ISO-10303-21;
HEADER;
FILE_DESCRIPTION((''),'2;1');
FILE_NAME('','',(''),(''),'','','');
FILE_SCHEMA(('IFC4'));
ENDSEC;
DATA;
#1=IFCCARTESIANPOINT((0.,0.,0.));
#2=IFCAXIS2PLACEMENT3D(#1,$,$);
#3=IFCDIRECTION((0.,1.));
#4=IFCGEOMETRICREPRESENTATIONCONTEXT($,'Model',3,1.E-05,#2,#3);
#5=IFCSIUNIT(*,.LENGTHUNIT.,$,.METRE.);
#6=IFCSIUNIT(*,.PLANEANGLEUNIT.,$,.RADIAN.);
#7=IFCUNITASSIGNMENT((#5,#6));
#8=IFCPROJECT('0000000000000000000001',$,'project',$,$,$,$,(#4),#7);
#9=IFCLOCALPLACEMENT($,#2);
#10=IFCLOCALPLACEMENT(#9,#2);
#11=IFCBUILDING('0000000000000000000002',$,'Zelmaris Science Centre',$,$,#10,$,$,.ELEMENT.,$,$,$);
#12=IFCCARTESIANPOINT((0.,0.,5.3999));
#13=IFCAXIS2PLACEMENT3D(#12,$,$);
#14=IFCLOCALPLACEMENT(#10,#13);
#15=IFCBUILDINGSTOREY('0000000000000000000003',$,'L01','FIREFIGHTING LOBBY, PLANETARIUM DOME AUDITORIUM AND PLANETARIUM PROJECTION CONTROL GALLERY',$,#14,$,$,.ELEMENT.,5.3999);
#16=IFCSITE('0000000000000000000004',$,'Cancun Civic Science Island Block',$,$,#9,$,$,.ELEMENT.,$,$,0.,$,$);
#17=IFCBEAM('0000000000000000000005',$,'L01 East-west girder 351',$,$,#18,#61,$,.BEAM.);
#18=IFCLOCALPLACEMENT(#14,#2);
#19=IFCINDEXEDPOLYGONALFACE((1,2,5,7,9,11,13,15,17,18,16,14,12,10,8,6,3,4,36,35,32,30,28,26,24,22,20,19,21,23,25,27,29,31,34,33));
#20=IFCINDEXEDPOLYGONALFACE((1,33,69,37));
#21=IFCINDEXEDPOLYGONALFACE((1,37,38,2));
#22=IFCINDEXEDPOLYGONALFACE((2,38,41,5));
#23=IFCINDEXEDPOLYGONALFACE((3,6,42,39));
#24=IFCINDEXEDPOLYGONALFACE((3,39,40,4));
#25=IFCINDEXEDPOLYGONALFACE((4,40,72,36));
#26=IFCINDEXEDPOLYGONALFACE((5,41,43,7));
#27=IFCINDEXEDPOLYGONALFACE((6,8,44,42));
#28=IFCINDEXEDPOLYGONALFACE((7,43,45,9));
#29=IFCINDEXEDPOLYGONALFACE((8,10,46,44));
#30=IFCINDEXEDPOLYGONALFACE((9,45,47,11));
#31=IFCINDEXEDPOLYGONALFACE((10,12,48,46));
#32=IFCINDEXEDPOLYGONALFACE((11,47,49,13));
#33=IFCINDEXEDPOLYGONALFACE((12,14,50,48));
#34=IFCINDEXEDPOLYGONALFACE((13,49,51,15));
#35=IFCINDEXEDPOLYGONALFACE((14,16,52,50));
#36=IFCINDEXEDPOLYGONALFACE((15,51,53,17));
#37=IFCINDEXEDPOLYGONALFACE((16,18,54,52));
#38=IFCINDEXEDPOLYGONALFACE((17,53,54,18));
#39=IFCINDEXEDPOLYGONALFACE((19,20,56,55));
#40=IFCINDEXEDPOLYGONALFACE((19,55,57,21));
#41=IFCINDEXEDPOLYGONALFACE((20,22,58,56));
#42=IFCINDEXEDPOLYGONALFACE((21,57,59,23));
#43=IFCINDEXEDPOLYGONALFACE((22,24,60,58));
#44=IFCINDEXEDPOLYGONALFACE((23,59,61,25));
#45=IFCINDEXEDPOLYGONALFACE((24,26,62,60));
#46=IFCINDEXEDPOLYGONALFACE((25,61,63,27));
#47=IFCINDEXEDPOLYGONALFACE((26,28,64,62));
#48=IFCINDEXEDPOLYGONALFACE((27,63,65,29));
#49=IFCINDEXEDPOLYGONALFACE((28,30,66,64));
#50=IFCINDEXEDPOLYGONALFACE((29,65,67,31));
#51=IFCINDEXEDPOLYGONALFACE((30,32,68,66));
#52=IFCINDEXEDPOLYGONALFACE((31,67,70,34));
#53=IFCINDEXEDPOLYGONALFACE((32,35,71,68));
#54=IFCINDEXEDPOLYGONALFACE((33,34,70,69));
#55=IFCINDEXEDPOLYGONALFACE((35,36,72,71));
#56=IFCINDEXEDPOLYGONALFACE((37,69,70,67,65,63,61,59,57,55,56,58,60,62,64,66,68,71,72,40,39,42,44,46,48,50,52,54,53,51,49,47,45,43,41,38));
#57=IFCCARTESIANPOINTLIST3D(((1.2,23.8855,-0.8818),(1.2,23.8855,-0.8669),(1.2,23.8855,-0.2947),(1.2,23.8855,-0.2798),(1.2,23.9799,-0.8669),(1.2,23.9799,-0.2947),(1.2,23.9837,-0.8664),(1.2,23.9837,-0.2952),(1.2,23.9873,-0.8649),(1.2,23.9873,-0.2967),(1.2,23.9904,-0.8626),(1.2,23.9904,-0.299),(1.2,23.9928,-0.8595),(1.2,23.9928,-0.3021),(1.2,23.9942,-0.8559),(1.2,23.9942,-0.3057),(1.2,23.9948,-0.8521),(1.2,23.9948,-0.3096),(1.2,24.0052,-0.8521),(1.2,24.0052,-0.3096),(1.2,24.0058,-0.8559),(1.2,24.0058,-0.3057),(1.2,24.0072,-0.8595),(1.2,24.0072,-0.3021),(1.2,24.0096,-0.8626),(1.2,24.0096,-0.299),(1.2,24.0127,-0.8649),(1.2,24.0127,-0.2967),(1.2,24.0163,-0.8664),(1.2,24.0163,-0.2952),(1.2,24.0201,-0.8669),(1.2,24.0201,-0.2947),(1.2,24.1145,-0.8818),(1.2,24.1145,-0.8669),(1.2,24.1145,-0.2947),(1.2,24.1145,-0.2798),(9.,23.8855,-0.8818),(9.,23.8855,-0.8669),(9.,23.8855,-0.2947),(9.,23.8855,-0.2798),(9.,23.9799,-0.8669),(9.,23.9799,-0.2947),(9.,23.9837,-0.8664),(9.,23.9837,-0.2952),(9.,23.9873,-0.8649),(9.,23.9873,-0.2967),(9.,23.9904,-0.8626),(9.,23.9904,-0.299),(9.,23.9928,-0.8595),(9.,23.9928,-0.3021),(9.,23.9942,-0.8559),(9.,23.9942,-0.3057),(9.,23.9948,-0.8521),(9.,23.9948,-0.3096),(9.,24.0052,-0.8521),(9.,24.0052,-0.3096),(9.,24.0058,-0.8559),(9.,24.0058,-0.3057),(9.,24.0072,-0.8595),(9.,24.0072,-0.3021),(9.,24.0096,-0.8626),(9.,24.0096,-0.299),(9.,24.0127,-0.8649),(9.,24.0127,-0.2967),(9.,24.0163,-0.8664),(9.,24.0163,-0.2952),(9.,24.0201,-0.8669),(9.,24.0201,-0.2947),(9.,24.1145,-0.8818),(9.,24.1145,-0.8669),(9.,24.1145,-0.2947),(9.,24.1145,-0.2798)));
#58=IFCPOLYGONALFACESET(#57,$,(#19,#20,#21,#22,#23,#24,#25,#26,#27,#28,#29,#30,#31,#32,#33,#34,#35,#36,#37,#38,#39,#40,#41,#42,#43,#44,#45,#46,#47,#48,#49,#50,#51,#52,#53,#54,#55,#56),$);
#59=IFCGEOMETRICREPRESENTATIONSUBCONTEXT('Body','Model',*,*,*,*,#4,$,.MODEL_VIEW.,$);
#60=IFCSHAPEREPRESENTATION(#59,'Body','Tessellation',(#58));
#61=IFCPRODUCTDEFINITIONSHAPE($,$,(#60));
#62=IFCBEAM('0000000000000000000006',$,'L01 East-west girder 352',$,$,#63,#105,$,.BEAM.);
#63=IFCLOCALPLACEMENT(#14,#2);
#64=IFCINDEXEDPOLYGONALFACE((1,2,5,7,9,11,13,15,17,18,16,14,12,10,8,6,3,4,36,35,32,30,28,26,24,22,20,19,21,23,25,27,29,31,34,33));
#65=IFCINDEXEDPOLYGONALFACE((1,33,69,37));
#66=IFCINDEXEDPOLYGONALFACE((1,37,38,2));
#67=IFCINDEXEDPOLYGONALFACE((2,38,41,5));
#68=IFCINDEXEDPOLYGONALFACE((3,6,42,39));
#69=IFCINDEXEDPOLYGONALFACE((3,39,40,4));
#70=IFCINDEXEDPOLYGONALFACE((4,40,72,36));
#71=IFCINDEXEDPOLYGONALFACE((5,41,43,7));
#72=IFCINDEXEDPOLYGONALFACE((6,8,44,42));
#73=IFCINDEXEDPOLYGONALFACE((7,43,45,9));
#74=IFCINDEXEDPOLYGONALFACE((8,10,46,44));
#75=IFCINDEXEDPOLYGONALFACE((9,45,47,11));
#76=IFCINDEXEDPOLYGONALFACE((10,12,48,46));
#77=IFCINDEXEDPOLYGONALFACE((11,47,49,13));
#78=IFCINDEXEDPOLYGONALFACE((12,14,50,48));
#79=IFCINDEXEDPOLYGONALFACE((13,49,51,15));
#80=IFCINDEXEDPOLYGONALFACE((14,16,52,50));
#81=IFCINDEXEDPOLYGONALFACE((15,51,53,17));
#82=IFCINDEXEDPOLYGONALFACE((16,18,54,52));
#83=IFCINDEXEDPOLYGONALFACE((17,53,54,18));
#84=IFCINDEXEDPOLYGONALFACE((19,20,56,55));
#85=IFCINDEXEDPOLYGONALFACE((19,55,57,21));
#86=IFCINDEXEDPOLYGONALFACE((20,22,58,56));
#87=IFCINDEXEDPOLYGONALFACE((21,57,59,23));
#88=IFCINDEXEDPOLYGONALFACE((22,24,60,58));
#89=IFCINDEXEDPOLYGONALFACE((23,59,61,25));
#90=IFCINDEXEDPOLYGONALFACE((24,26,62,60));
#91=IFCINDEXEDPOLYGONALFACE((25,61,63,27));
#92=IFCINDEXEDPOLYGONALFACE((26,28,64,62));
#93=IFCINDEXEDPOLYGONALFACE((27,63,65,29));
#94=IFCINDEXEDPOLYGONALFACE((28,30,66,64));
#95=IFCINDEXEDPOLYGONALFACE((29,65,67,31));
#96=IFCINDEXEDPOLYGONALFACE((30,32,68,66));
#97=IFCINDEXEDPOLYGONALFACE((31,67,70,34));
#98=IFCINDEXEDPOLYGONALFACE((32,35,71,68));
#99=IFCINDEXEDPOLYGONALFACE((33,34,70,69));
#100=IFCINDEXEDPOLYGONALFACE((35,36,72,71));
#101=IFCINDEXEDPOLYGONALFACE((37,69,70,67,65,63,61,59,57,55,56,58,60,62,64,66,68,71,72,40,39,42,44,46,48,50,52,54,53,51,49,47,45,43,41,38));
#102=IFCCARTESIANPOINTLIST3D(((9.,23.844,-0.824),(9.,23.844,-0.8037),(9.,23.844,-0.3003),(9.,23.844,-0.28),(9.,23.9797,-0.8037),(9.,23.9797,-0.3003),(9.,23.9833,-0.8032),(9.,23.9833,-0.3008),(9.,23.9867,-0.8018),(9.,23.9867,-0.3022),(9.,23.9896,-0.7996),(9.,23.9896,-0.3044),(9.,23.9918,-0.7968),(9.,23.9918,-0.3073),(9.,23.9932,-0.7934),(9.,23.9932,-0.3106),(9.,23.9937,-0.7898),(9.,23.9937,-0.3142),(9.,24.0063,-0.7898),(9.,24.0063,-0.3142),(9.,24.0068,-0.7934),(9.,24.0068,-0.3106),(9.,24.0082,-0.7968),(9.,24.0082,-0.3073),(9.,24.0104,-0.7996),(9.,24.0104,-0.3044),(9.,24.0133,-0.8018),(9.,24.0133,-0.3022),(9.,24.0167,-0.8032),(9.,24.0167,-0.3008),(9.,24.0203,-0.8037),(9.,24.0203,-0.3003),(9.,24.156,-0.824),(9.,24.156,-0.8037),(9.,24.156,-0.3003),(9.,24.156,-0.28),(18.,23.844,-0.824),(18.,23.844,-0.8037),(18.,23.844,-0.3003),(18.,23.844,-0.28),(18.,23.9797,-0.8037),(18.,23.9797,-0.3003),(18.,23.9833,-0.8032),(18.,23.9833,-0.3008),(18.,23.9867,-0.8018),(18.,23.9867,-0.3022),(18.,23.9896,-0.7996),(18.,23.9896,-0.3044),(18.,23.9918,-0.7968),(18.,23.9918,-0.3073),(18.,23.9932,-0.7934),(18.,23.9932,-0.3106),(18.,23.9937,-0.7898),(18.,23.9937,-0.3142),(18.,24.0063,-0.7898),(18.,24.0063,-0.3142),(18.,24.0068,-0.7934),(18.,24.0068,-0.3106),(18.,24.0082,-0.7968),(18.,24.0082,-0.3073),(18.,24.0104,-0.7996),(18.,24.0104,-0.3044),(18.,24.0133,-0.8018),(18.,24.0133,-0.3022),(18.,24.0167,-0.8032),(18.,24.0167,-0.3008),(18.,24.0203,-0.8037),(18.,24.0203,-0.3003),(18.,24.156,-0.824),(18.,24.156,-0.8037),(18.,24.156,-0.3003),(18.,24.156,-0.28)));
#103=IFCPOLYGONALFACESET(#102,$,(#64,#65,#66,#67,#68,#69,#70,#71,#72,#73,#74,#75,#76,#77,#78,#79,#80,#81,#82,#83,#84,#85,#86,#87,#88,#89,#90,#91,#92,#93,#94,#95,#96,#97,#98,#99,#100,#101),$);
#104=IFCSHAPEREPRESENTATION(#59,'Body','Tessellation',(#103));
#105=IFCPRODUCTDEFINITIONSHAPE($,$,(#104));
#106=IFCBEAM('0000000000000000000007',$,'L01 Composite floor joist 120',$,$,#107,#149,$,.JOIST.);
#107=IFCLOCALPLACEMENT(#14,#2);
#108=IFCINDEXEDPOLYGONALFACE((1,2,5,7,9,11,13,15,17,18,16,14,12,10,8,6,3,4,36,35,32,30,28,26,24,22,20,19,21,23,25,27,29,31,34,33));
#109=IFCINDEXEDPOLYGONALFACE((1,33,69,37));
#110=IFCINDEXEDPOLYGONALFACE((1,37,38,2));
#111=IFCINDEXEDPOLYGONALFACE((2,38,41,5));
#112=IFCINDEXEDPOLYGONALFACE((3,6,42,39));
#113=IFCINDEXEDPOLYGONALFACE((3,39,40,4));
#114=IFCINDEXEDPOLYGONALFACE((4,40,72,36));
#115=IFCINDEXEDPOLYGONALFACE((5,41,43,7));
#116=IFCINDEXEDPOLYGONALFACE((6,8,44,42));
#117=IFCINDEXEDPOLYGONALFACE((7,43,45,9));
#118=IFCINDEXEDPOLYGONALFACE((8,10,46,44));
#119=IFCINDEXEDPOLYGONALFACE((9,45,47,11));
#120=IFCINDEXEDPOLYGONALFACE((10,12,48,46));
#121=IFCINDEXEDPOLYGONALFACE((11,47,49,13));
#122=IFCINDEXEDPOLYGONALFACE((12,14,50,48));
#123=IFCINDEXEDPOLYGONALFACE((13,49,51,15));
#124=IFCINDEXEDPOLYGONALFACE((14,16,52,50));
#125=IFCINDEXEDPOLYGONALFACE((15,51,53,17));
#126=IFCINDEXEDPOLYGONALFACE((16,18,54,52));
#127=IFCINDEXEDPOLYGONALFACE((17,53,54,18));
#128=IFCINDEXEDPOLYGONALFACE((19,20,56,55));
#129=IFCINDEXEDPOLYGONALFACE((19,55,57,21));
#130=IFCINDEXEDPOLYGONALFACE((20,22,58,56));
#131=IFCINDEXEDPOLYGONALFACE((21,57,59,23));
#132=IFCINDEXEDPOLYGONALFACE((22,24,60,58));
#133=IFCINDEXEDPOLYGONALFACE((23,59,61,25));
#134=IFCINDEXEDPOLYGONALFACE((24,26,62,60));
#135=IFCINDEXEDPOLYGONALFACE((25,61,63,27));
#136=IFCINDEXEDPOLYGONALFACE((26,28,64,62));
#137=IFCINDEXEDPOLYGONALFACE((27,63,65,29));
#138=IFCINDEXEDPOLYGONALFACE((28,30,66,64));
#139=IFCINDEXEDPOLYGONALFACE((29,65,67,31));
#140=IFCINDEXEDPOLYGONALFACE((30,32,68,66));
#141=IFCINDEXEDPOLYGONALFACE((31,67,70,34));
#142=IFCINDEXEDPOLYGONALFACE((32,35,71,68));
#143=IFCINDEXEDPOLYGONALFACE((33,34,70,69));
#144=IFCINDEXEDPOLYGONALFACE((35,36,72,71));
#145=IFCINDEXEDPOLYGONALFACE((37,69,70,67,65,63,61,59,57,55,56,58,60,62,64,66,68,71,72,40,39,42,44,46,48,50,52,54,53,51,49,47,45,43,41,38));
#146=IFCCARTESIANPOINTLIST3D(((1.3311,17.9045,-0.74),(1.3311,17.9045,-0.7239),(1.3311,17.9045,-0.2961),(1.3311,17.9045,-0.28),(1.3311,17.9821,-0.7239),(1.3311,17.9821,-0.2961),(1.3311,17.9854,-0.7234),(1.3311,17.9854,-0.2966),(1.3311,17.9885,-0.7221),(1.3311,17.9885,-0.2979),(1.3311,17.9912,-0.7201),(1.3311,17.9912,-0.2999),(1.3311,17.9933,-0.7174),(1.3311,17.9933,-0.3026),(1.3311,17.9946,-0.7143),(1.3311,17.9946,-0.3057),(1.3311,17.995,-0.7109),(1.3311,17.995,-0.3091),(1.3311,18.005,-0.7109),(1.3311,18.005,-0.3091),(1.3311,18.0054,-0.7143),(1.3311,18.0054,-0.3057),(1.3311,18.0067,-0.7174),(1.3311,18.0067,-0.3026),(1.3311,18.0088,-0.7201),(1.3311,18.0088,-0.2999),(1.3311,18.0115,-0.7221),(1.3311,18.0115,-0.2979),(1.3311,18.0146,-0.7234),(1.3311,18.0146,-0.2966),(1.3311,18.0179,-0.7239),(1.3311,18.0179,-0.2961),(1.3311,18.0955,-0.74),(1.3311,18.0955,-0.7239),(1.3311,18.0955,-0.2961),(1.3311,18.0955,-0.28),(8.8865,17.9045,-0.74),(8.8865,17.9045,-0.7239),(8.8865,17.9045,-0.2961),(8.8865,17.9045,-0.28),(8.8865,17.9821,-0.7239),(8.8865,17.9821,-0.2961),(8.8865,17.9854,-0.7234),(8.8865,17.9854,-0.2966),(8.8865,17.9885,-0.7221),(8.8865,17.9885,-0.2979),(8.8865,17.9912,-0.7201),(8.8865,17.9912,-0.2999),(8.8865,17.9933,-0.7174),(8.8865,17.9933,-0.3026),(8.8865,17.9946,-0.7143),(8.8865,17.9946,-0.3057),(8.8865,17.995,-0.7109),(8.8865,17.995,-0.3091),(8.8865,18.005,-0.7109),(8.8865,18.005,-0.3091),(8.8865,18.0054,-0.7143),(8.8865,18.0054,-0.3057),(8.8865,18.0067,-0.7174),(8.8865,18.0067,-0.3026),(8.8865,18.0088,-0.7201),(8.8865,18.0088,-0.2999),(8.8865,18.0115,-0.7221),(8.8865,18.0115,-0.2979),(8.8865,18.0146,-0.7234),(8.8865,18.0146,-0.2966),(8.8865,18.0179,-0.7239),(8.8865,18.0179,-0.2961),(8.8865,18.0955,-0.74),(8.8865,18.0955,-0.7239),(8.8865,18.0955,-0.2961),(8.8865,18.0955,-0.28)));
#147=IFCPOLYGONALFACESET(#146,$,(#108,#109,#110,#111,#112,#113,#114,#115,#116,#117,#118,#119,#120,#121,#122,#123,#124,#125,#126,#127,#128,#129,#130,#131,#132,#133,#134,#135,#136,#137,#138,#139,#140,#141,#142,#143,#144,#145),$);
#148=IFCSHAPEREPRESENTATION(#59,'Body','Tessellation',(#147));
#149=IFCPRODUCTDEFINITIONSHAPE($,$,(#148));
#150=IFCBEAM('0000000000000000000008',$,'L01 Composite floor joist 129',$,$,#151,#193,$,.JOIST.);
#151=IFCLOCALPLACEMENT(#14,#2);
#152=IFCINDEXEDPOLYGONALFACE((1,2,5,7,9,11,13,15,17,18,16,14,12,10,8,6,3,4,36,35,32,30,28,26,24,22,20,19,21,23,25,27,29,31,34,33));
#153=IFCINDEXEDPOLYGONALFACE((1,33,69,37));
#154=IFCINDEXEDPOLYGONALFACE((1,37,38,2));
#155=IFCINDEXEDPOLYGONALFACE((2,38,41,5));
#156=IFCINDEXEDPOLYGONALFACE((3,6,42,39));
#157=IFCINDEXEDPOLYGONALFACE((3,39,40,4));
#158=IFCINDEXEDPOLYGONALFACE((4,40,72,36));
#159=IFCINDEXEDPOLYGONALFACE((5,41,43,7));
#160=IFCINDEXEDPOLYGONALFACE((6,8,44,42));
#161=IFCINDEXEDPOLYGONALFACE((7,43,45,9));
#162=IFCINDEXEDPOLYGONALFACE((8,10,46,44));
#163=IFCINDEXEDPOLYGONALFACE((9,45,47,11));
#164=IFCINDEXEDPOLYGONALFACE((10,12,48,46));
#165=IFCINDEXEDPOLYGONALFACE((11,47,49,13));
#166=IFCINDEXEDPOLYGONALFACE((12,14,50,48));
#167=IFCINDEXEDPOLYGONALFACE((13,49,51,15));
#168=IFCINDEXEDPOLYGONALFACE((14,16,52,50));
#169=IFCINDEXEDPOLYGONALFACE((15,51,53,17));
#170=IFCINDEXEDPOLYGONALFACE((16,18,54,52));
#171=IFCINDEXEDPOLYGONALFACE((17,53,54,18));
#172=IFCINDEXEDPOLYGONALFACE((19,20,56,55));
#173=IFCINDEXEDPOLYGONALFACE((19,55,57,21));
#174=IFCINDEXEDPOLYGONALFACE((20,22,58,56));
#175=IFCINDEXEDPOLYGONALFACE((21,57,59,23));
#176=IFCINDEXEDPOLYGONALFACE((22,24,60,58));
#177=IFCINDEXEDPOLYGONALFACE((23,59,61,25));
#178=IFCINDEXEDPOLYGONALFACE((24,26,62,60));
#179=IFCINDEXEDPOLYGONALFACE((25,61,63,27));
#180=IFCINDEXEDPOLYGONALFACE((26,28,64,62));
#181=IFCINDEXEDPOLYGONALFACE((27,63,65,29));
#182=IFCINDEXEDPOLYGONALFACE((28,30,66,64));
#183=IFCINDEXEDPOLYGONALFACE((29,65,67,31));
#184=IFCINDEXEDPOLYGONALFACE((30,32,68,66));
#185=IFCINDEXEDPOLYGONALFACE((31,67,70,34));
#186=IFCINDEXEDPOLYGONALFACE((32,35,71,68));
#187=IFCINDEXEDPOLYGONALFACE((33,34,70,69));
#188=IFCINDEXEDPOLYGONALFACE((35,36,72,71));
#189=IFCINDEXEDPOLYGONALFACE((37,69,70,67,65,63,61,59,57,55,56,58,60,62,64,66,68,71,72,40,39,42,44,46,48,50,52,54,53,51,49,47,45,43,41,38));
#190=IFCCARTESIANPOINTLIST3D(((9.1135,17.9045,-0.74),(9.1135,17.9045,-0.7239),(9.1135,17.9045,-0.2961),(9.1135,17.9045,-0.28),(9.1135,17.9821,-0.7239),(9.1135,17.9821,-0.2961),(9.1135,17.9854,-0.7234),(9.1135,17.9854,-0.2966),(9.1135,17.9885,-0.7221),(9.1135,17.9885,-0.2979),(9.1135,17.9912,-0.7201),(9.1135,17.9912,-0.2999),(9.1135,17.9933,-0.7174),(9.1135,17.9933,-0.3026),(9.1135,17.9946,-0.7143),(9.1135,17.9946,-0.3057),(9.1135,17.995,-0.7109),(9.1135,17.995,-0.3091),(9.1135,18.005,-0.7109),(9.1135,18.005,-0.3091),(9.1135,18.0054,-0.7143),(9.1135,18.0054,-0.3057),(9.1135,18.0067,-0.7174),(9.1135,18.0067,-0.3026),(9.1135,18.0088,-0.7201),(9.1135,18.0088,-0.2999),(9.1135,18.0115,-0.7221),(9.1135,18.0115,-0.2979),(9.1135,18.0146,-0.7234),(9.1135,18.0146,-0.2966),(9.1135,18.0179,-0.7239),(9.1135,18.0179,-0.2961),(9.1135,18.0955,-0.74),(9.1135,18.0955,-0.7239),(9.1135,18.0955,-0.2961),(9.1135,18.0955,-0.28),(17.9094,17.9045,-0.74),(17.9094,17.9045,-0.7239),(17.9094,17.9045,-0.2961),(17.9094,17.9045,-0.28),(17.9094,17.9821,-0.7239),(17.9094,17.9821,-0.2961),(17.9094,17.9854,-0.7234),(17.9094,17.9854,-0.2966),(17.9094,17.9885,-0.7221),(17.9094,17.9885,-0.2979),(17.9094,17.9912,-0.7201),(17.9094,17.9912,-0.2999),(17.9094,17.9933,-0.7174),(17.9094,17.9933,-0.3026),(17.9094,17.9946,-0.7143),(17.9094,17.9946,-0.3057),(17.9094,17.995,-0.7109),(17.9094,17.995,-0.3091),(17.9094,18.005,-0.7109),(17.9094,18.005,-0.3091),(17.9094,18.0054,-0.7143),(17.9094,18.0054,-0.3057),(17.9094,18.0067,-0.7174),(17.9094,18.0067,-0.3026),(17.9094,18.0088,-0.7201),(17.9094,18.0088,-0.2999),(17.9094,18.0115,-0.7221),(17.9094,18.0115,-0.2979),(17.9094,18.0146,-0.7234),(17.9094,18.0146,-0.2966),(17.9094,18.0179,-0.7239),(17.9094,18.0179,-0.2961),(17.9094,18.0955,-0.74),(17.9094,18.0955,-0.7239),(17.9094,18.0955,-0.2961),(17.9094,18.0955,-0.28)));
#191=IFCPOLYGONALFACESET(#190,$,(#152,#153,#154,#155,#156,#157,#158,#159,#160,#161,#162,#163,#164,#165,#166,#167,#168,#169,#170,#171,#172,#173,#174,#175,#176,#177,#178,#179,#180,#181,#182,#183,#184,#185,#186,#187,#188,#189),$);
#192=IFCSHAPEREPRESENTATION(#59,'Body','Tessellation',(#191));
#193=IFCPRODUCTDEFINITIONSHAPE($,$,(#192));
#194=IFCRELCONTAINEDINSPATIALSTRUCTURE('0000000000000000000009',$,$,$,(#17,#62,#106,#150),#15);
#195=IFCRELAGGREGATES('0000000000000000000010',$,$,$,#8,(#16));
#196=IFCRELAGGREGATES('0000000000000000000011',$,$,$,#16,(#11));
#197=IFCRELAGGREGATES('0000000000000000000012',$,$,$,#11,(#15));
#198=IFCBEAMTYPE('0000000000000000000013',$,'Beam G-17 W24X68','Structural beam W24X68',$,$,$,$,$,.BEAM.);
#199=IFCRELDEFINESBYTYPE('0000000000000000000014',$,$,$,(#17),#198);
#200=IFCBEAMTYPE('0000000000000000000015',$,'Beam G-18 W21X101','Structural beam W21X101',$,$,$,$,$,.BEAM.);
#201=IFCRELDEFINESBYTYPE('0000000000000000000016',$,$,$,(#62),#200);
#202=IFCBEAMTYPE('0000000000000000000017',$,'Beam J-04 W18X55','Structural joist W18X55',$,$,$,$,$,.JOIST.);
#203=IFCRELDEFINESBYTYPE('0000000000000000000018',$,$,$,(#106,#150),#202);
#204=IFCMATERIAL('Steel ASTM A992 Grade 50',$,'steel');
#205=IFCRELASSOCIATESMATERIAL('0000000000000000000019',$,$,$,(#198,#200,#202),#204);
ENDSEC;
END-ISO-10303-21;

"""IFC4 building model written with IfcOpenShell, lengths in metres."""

from ifc_helpers import new_model, si_unit, direction, frame, origin, origin_2d, place, context, subcontext, project, spatial, i_section, extrude, material, material_profile, profile_set, type_object, element, save


model = new_model("IFC4")

# Units and contexts
model_context = context("Model", 3, precision=1e-05, world=origin(), true_north=direction((0.0, 1.0)))
body_context = subcontext(model_context, "Body", "Model", "MODEL_VIEW")
ifc_project = project(units=[si_unit("LENGTHUNIT", "METRE"), si_unit("PLANEANGLEUNIT", "RADIAN")], contexts=[model_context])

# Site, building, storey
site_placement = place(None, origin())
site = spatial("IfcSite", under=ifc_project, at=site_placement, Name="Cancun Civic Science Island Block", CompositionType="ELEMENT", RefElevation=0.0)
building_placement = place(site_placement, origin())
building = spatial("IfcBuilding", under=site, at=building_placement, Name="Zelmaris Science Centre", CompositionType="ELEMENT")
storey_placement = place(building_placement, frame((0.0, 0.0, 5.3999)))
storey = spatial("IfcBuildingStorey", under=building, at=storey_placement, Name="L01", Description="FIREFIGHTING LOBBY, PLANETARIUM DOME AUDITORIUM AND PLANETARIUM PROJECTION CONTROL GALLERY", CompositionType="ELEMENT", Elevation=5.3999)

# Shared definitions
ifc_material_1 = material(Name="Steel ASTM A992 Grade 50", Category="steel")

# Beams
ifc_material_profile_1 = material_profile(ifc_material_1, i_section(OverallWidth=0.229, OverallDepth=0.6021, WebThickness=0.0105, FlangeThickness=0.0149, FilletRadius=0.0149, at=origin_2d()), Name="W24X68")
ifc_profile_set_1 = profile_set([ifc_material_profile_1], Name="Steel ASTM A992 Grade 50")
beam_type_1 = type_object("IfcBeamType", Name="Beam G-17 W24X68", Description="Structural beam W24X68", PredefinedType="BEAM", material=ifc_profile_set_1)
beam_1_placement = place(storey_placement, frame((1.2, 24.0, -0.5808), z_axis=(1.0, 0.0, 0.0), x_axis=(0.0, 1.0, 0.0)))
element("IfcBeam", 1, at=beam_1_placement, inside=storey, type_object=beam_type_1, Name="L01 East-west girder 351", PredefinedType="BEAM", context=body_context, shape_type="SweptSolid", body=[
    extrude(i_section(OverallWidth=0.229, OverallDepth=0.6021, WebThickness=0.0105, FlangeThickness=0.0149, FilletRadius=0.0149, at=origin_2d()), origin(), (0.0, 0.0, 1.0), 7.8),
])
ifc_material_profile_2 = material_profile(ifc_material_1, i_section(OverallWidth=0.312, OverallDepth=0.5439, WebThickness=0.0127, FlangeThickness=0.0203, FilletRadius=0.0139, at=origin_2d()), Name="W21X101")
ifc_profile_set_2 = profile_set([ifc_material_profile_2], Name="Steel ASTM A992 Grade 50")
beam_type_2 = type_object("IfcBeamType", Name="Beam G-18 W21X101", Description="Structural beam W21X101", PredefinedType="BEAM", material=ifc_profile_set_2)
beam_2_placement = place(storey_placement, frame((9.0, 24.0, -0.552), z_axis=(1.0, 0.0, 0.0), x_axis=(0.0, 1.0, 0.0)))
element("IfcBeam", 2, at=beam_2_placement, inside=storey, type_object=beam_type_2, Name="L01 East-west girder 352", PredefinedType="BEAM", context=body_context, shape_type="SweptSolid", body=[
    extrude(i_section(OverallWidth=0.312, OverallDepth=0.5439, WebThickness=0.0127, FlangeThickness=0.0203, FilletRadius=0.0139, at=origin_2d()), origin(), (0.0, 0.0, 1.0), 9.0),
])
ifc_material_profile_3 = material_profile(ifc_material_1, i_section(OverallWidth=0.1909, OverallDepth=0.46, WebThickness=0.01, FlangeThickness=0.0161, FilletRadius=0.0129, at=origin_2d()), Name="W18X55")
ifc_profile_set_3 = profile_set([ifc_material_profile_3], Name="Steel ASTM A992 Grade 50")
beam_type_3 = type_object("IfcBeamType", Name="Beam J-04 W18X55", Description="Structural joist W18X55", PredefinedType="JOIST", material=ifc_profile_set_3)
beam_3_placement = place(storey_placement, frame((1.3311, 18.0, -0.51), z_axis=(1.0, 0.0, 0.0), x_axis=(0.0, 1.0, 0.0)))
element("IfcBeam", 3, at=beam_3_placement, inside=storey, type_object=beam_type_3, Name="L01 Composite floor joist 120", PredefinedType="JOIST", context=body_context, shape_type="SweptSolid", body=[
    extrude(i_section(OverallWidth=0.1909, OverallDepth=0.46, WebThickness=0.01, FlangeThickness=0.0161, FilletRadius=0.0129, at=origin_2d()), origin(), (0.0, 0.0, 1.0), 7.5554),
])
beam_4_placement = place(storey_placement, frame((9.1135, 18.0, -0.51), z_axis=(1.0, 0.0, 0.0), x_axis=(0.0, 1.0, 0.0)))
element("IfcBeam", 4, at=beam_4_placement, inside=storey, type_object=beam_type_3, Name="L01 Composite floor joist 129", PredefinedType="JOIST", context=body_context, shape_type="SweptSolid", body=[
    extrude(i_section(OverallWidth=0.1909, OverallDepth=0.46, WebThickness=0.01, FlangeThickness=0.0161, FilletRadius=0.0129, at=origin_2d()), origin(), (0.0, 0.0, 1.0), 8.7959),
])

save(model, "model.ifc")
